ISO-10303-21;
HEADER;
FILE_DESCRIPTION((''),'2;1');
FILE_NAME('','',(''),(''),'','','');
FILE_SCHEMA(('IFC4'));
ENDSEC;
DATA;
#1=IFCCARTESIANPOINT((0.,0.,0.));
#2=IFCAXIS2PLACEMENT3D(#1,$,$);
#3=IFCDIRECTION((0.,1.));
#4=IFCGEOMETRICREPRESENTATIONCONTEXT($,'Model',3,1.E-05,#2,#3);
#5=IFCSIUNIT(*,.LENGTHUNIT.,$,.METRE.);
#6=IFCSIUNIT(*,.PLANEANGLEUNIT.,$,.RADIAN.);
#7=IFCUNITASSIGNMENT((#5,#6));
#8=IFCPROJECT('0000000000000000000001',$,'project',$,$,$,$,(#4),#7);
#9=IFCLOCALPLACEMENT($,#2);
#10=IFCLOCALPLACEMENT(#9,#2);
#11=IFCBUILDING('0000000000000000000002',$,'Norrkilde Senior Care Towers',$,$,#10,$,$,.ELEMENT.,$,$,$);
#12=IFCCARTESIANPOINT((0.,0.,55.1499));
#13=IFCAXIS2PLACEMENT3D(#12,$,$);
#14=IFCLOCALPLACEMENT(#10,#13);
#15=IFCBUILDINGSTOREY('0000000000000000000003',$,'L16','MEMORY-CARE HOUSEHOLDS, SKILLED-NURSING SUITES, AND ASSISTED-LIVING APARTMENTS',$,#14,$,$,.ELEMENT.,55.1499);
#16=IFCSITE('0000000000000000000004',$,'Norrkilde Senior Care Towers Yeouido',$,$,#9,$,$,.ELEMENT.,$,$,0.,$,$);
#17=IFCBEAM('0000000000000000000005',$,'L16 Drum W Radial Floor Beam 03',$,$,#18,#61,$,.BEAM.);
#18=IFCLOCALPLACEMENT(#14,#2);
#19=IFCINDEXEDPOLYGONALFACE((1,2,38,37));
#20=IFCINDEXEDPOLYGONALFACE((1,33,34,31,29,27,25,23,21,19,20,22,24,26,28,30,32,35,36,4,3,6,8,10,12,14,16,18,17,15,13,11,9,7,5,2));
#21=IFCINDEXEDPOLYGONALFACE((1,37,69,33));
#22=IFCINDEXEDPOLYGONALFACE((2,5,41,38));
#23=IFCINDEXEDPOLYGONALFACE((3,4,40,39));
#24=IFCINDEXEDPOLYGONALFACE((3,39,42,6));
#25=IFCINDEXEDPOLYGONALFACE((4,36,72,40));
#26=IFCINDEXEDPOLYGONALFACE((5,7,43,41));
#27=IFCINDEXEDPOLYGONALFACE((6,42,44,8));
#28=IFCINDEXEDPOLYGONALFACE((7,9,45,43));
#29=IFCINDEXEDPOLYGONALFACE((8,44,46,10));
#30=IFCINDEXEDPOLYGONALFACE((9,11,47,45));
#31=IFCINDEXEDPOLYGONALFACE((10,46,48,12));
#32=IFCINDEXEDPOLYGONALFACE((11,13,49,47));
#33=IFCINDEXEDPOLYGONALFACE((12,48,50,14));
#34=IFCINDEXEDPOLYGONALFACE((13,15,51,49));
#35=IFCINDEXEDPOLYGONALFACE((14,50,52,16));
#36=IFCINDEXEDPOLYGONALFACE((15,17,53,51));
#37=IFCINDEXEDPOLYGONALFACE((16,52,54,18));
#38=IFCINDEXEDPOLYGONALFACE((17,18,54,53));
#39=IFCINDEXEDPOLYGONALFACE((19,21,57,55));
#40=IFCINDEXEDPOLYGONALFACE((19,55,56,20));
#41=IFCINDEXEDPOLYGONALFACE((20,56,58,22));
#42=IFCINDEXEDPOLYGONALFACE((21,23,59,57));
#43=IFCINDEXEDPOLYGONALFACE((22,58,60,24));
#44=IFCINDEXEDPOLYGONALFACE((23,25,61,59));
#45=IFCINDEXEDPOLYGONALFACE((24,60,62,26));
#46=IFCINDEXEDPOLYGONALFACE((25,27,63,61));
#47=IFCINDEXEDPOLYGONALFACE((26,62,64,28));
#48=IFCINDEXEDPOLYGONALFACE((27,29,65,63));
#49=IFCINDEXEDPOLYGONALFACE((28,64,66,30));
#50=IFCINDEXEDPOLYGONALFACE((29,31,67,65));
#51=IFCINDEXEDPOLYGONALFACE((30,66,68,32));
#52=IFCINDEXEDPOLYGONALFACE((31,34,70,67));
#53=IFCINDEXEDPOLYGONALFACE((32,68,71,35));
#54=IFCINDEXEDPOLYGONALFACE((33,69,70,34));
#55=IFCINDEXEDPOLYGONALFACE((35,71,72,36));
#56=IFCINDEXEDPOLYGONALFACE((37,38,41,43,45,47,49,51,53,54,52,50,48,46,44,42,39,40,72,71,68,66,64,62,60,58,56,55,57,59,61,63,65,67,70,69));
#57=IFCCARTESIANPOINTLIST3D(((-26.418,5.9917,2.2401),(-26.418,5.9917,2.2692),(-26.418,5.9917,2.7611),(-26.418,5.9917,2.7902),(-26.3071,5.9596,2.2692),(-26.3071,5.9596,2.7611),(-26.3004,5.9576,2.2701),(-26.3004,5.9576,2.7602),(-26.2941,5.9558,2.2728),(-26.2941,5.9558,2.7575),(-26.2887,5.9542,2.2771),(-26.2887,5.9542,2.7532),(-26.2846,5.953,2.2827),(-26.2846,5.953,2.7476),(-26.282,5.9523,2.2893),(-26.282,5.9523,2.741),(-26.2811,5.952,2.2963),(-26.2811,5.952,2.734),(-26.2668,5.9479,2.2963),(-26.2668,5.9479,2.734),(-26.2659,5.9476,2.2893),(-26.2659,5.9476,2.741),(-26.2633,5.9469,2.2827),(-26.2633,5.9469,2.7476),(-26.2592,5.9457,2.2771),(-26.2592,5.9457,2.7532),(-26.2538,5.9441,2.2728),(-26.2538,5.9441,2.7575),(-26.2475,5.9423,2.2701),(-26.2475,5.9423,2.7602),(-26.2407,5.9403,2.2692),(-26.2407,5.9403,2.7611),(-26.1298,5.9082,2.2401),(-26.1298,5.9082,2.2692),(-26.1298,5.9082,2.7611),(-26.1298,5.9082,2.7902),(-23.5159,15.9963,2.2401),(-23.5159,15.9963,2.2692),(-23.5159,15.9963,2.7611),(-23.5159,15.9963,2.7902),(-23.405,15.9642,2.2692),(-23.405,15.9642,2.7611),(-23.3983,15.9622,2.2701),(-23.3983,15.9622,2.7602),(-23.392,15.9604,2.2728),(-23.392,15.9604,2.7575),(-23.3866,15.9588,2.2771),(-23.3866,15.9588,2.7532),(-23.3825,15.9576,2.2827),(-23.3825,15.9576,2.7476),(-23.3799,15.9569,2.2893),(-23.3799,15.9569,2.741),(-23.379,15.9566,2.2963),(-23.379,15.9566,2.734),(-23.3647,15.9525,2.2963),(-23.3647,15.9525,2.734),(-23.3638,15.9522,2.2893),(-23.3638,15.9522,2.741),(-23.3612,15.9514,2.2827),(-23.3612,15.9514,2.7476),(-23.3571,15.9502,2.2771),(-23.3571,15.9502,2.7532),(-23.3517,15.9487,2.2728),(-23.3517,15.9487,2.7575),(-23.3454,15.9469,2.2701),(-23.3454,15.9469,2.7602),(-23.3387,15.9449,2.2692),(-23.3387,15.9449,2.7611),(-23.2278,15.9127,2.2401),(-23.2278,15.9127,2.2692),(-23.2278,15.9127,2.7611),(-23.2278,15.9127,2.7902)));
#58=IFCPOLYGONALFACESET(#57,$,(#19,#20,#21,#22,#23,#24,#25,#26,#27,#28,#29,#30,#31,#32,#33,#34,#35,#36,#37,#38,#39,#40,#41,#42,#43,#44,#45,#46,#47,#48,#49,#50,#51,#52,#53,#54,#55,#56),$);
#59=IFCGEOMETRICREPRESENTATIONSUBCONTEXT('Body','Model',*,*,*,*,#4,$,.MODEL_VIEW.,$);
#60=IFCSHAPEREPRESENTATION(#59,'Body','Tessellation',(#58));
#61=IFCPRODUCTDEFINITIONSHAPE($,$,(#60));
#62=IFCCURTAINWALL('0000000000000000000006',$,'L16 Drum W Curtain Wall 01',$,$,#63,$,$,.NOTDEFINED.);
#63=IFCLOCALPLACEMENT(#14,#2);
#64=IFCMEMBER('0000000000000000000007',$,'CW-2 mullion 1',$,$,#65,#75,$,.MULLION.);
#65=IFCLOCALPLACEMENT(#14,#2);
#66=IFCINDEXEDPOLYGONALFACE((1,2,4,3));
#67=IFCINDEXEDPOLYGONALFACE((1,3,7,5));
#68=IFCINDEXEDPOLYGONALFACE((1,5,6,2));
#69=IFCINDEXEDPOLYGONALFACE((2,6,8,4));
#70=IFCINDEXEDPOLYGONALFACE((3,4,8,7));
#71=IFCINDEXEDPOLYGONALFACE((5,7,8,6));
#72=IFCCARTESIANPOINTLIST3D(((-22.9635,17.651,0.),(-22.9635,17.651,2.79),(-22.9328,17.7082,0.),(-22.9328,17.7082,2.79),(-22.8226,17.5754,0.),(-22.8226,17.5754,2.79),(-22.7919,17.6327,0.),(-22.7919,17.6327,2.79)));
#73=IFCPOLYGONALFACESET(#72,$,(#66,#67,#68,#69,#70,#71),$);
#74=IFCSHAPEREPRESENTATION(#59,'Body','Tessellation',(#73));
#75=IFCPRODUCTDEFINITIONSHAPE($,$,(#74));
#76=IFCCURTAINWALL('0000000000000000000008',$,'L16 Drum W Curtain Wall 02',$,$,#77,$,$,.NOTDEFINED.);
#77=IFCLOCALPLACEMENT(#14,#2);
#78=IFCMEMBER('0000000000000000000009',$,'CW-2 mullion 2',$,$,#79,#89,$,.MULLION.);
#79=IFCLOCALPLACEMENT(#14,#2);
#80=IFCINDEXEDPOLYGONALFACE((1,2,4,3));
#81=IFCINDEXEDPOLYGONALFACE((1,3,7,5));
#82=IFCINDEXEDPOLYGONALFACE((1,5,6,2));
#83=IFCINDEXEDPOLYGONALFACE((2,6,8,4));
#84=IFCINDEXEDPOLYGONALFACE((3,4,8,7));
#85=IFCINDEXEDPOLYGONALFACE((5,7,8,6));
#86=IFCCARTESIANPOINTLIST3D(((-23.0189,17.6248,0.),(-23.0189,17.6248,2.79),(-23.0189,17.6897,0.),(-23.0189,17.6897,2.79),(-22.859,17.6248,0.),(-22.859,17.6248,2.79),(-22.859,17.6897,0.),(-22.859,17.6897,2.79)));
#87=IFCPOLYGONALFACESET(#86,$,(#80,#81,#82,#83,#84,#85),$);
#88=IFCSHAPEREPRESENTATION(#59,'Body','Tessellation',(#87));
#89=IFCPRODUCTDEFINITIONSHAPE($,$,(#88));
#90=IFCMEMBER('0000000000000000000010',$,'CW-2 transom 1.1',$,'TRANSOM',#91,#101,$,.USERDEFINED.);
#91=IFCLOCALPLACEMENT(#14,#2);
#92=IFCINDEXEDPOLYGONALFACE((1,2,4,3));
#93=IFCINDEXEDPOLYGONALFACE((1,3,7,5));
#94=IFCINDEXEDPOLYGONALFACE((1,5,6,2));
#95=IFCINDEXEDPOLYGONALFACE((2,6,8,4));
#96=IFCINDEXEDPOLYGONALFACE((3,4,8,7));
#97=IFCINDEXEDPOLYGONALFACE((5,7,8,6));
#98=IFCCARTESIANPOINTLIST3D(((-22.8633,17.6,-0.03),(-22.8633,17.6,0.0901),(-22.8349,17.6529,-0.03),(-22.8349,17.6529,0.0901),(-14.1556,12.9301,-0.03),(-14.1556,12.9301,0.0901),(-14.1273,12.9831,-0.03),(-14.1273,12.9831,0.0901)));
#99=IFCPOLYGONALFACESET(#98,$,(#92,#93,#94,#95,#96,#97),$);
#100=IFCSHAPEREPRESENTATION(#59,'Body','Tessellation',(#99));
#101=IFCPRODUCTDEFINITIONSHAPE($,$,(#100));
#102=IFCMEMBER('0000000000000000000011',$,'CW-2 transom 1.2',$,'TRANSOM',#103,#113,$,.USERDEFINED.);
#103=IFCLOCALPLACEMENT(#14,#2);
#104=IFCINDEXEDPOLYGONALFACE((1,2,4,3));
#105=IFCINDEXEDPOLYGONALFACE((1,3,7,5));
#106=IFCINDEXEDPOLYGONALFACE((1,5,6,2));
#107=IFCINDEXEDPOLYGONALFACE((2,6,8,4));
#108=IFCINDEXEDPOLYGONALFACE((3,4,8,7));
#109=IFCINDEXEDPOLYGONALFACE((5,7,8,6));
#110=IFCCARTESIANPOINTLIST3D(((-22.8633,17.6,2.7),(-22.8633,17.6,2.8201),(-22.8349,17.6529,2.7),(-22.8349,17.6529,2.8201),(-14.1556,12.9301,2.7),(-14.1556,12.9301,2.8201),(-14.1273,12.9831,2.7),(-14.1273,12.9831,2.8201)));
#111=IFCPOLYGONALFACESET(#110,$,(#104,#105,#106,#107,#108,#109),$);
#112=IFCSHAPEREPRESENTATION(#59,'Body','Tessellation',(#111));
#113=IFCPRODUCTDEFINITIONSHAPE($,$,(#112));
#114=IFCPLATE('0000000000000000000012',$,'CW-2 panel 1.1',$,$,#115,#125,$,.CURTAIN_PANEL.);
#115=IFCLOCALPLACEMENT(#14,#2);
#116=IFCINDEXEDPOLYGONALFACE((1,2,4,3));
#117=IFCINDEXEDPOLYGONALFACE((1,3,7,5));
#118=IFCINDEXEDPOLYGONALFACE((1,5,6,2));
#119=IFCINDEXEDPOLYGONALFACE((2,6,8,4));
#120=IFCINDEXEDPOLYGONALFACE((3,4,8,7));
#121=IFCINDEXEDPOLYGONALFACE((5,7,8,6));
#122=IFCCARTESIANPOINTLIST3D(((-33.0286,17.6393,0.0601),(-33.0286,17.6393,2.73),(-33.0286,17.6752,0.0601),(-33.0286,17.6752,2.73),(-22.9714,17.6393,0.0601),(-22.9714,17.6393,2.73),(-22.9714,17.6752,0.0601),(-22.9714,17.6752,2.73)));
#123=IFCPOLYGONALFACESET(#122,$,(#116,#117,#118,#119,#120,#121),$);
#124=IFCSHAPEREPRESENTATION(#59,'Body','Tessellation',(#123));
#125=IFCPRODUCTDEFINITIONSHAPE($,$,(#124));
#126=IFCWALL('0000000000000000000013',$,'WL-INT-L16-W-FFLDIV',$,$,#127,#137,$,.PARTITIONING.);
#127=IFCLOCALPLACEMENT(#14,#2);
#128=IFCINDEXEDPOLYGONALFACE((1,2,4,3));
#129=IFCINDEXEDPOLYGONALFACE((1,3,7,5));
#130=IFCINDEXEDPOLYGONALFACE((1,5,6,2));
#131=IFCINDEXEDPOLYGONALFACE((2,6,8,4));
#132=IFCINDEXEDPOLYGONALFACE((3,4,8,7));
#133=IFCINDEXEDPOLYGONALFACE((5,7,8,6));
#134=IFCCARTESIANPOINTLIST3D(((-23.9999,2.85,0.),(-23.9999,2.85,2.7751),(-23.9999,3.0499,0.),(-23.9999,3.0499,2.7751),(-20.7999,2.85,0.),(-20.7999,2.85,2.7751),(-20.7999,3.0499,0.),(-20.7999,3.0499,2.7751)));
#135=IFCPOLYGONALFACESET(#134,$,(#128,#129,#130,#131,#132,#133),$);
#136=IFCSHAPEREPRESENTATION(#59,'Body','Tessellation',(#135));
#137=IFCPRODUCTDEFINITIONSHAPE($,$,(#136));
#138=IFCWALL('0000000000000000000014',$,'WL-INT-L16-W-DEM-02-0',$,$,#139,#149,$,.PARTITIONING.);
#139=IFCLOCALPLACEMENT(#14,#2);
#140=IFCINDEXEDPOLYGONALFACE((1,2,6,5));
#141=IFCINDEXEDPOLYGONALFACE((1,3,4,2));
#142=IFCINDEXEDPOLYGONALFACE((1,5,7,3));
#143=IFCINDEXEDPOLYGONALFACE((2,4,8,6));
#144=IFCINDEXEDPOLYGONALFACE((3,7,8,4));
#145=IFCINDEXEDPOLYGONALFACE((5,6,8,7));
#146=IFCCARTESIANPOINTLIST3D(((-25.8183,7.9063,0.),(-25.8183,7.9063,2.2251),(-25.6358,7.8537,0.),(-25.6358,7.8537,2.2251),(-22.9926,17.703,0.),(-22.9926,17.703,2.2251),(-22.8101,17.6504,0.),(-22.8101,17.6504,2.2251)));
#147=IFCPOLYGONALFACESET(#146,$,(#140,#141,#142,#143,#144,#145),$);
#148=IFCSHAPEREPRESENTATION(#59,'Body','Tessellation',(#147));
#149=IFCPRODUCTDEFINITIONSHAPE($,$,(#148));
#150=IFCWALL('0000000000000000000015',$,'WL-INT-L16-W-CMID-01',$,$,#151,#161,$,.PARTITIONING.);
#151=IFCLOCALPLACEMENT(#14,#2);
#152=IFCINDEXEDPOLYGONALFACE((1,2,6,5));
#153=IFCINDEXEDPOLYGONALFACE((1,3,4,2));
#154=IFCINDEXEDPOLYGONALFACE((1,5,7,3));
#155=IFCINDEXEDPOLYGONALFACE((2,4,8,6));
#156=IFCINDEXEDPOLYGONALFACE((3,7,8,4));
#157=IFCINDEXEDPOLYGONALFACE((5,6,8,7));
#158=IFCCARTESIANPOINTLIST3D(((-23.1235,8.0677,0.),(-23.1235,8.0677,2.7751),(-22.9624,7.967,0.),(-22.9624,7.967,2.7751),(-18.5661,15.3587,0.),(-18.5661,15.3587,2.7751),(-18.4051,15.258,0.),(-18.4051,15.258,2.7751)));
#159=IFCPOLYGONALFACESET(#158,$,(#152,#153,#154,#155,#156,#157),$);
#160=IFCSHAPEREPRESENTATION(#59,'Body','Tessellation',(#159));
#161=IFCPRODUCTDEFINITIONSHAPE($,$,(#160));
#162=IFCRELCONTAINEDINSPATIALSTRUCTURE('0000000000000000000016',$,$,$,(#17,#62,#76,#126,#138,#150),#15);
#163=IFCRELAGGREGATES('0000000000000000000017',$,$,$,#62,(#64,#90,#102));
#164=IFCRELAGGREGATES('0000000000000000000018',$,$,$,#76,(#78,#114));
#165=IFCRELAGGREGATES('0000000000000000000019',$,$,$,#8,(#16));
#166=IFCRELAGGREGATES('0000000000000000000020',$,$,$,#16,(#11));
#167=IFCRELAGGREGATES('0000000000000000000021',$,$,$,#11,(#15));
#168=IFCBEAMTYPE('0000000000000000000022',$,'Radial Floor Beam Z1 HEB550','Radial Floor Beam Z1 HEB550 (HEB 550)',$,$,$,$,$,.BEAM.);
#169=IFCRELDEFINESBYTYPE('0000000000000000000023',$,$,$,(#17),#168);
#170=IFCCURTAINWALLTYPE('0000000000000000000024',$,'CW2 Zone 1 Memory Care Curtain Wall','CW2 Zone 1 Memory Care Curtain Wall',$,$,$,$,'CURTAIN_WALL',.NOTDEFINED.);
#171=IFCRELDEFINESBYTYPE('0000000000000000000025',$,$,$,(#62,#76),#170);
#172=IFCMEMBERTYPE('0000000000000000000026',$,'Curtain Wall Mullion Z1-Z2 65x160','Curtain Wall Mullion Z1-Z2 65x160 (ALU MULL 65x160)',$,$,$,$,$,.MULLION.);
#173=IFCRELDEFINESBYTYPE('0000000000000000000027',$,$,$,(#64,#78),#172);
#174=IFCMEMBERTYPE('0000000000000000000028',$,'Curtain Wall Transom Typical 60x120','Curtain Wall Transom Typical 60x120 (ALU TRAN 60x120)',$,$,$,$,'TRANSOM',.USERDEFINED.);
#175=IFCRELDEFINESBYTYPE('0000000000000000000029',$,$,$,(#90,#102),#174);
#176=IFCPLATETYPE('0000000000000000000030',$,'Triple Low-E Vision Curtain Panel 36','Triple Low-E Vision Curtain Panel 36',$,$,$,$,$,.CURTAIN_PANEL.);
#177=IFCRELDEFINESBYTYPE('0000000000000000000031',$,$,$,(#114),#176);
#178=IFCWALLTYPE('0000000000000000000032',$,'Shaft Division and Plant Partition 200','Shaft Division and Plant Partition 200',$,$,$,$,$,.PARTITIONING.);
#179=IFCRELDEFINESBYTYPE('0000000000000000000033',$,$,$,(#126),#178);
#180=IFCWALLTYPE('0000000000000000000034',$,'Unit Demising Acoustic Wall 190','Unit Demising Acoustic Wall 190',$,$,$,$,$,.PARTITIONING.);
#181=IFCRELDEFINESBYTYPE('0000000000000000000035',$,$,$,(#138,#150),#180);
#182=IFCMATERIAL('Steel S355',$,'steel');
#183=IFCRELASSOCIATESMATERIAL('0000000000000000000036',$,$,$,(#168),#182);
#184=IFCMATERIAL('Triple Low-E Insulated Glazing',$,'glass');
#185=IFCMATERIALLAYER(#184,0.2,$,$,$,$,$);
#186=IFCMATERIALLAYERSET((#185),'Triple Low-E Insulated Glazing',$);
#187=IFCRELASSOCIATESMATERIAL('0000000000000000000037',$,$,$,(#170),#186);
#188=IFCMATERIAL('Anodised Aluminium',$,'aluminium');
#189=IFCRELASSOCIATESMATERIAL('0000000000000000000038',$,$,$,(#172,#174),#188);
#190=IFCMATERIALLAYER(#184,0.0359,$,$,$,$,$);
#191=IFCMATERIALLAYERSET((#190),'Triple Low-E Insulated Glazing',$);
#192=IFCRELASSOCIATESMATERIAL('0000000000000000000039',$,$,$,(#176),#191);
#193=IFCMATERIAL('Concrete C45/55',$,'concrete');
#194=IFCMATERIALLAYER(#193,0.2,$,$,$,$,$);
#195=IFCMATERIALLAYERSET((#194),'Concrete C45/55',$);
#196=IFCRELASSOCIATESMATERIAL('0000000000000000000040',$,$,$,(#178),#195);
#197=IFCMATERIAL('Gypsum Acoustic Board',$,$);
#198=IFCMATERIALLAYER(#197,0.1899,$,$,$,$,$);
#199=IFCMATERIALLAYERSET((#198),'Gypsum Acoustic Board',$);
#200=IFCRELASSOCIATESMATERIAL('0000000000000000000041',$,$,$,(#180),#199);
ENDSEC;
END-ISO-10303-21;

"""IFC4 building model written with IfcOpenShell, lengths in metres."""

from ifc_helpers import new_model, si_unit, direction, frame, frame_2d, origin, origin_2d, place, context, subcontext, project, spatial, rectangle, i_section, extrude, source, transform, mapped, material, layer, layer_set, material_profile, profile_set, type_object, type_shapes, element, aggregate, save


model = new_model("IFC4")

# Units and contexts
model_context = context("Model", 3, precision=1e-05, world=origin(), true_north=direction((0.0, 1.0)))
body_context = subcontext(model_context, "Body", "Model", "MODEL_VIEW")
ifc_project = project(units=[si_unit("LENGTHUNIT", "METRE"), si_unit("PLANEANGLEUNIT", "RADIAN")], contexts=[model_context])

# Site, building, storey
site_placement = place(None, origin())
site = spatial("IfcSite", under=ifc_project, at=site_placement, Name="Norrkilde Senior Care Towers Yeouido", CompositionType="ELEMENT", RefElevation=0.0)
building_placement = place(site_placement, origin())
building = spatial("IfcBuilding", under=site, at=building_placement, Name="Norrkilde Senior Care Towers", CompositionType="ELEMENT")
storey_placement = place(building_placement, frame((0.0, 0.0, 55.1499)))
storey = spatial("IfcBuildingStorey", under=building, at=storey_placement, Name="L16", Description="MEMORY-CARE HOUSEHOLDS, SKILLED-NURSING SUITES, AND ASSISTED-LIVING APARTMENTS", CompositionType="ELEMENT", Elevation=55.1499)

# Beam
ifc_material_1 = material(Name="Steel S355", Category="steel")
ifc_material_profile_1 = material_profile(ifc_material_1, i_section(OverallWidth=0.3, OverallDepth=0.55, WebThickness=0.0149, FlangeThickness=0.0291, FilletRadius=0.0271, at=origin_2d()), Name="HEB 550")
ifc_profile_set_1 = profile_set([ifc_material_profile_1], Name="Steel S355")
beam_type_1 = type_object("IfcBeamType", Name="Radial Floor Beam Z1 HEB550", Description="Radial Floor Beam Z1 HEB550 (HEB 550)", PredefinedType="BEAM", material=ifc_profile_set_1)
shared_shape_1 = source(origin(), body_context, "Body", "SweptSolid", [
    extrude(i_section(OverallWidth=0.3, OverallDepth=0.55, WebThickness=0.0149, FlangeThickness=0.0291, FilletRadius=0.0271, at=origin_2d()), origin(), (0.0, 0.0, 1.0), 10.417),
])
beam_1_placement = place(storey_placement, frame((-26.2739, 5.95, 2.5151), z_axis=(0.278591, 0.96041, 0.0), x_axis=(-0.96041, 0.278591, 0.0)))
element("IfcBeam", 1, at=beam_1_placement, inside=storey, type_object=beam_type_1, Name="L16 Drum W Radial Floor Beam 03", PredefinedType="BEAM", context=body_context, shape_type="MappedRepresentation", body=[
    mapped(shared_shape_1, transform((0.0, 0.0, 0.0), x_axis=(1.0, 0.0, 0.0), y_axis=(0.0, 1.0, 0.0), z_axis=(0.0, 0.0, 1.0), scale=1.0)),
])

# Curtain walls, members
ifc_material_2 = material(Name="Triple Low-E Insulated Glazing", Category="glass")
ifc_layer_1 = layer(ifc_material_2, 0.2)
ifc_layer_set_1 = layer_set([ifc_layer_1], Name="Triple Low-E Insulated Glazing")
curtain_wall_type = type_object("IfcCurtainWallType", Name="CW2 Zone 1 Memory Care Curtain Wall", Description="CW2 Zone 1 Memory Care Curtain Wall", ElementType="CURTAIN_WALL", PredefinedType="NOTDEFINED", material=ifc_layer_set_1)
curtain_wall_1_placement = place(storey_placement, origin())
curtain_wall_1 = element("IfcCurtainWall", 2, at=curtain_wall_1_placement, inside=storey, type_object=curtain_wall_type, Name="L16 Drum W Curtain Wall 01", PredefinedType="NOTDEFINED")
ifc_material_3 = material(Name="Anodised Aluminium", Category="aluminium")
ifc_material_profile_2 = material_profile(ifc_material_3, rectangle(XDim=0.0649, YDim=0.1599, at=origin_2d()), Name="ALU MULL 65x160")
ifc_profile_set_2 = profile_set([ifc_material_profile_2], Name="Anodised Aluminium")
member_type_1 = type_object("IfcMemberType", Name="Curtain Wall Mullion Z1-Z2 65x160", Description="Curtain Wall Mullion Z1-Z2 65x160 (ALU MULL 65x160)", PredefinedType="MULLION", material=ifc_profile_set_2)
shared_shape_2 = source(origin(), body_context, "Body", "SweptSolid", [
    extrude(rectangle(XDim=0.0649, YDim=0.1599, at=origin_2d()), origin(), (0.0, 0.0, 1.0), 2.79),
])
type_shapes(member_type_1, [shared_shape_2])
member_1_placement = place(storey_placement, frame((-22.8777, 17.6418, 0.0), z_axis=(0.0, 0.0, 1.0), x_axis=(0.472608, 0.881273, 0.0)))
member_1 = element("IfcMember", 3, at=member_1_placement, type_object=member_type_1, Name="CW-2 mullion 1", PredefinedType="MULLION", context=body_context, shape_type="MappedRepresentation", body=[
    mapped(shared_shape_2, transform((0.0, 0.0, 0.0), x_axis=(1.0, 0.0, 0.0), y_axis=(0.0, 1.0, 0.0), z_axis=(0.0, 0.0, 1.0), scale=1.0)),
])
curtain_wall_2_placement = place(storey_placement, origin())
curtain_wall_2 = element("IfcCurtainWall", 4, at=curtain_wall_2_placement, inside=storey, type_object=curtain_wall_type, Name="L16 Drum W Curtain Wall 02", PredefinedType="NOTDEFINED")
member_2_placement = place(storey_placement, frame((-22.939, 17.6572, 0.0), z_axis=(0.0, 0.0, 1.0), x_axis=(0.0, 1.0, 0.0)))
member_2 = element("IfcMember", 5, at=member_2_placement, type_object=member_type_1, Name="CW-2 mullion 2", PredefinedType="MULLION", context=body_context, shape_type="MappedRepresentation", body=[
    mapped(shared_shape_2, transform((0.0, 0.0, 0.0), x_axis=(1.0, 0.0, 0.0), y_axis=(0.0, 1.0, 0.0), z_axis=(0.0, 0.0, 1.0), scale=1.0)),
])

# Members
ifc_material_profile_3 = material_profile(ifc_material_3, rectangle(XDim=0.0601, YDim=0.1201, at=origin_2d()), Name="ALU TRAN 60x120")
ifc_profile_set_3 = profile_set([ifc_material_profile_3], Name="Anodised Aluminium")
member_type_2 = type_object("IfcMemberType", Name="Curtain Wall Transom Typical 60x120", Description="Curtain Wall Transom Typical 60x120 (ALU TRAN 60x120)", ElementType="TRANSOM", PredefinedType="USERDEFINED", material=ifc_profile_set_3)
shared_shape_3 = source(origin(), body_context, "Body", "SweptSolid", [
    extrude(rectangle(XDim=0.0601, YDim=0.1201, at=origin_2d()), origin(), (0.0, 0.0, 1.0), 9.8809),
])
type_shapes(member_type_2, [shared_shape_3])
member_3_placement = place(storey_placement, frame((-22.8491, 17.6265, 0.03), z_axis=(0.881267, -0.472618, 0.0), x_axis=(0.472618, 0.881267, 0.0)))
member_3 = element("IfcMember", 6, at=member_3_placement, type_object=member_type_2, Name="CW-2 transom 1.1", ObjectType="TRANSOM", PredefinedType="USERDEFINED", context=body_context, shape_type="MappedRepresentation", body=[
    mapped(shared_shape_3, transform((0.0, 0.0, 0.0), x_axis=(1.0, 0.0, 0.0), y_axis=(0.0, 1.0, 0.0), z_axis=(0.0, 0.0, 1.0), scale=1.0)),
])
member_4_placement = place(storey_placement, frame((-22.8491, 17.6265, 2.76), z_axis=(0.881267, -0.472618, 0.0), x_axis=(0.472618, 0.881267, 0.0)))
member_4 = element("IfcMember", 7, at=member_4_placement, type_object=member_type_2, Name="CW-2 transom 1.2", ObjectType="TRANSOM", PredefinedType="USERDEFINED", context=body_context, shape_type="MappedRepresentation", body=[
    mapped(shared_shape_3, transform((0.0, 0.0, 0.0), x_axis=(1.0, 0.0, 0.0), y_axis=(0.0, 1.0, 0.0), z_axis=(0.0, 0.0, 1.0), scale=1.0)),
])
aggregate(curtain_wall_1, [member_1, member_3, member_4])

# Plate
ifc_layer_2 = layer(ifc_material_2, 0.0359)
ifc_layer_set_2 = layer_set([ifc_layer_2], Name="Triple Low-E Insulated Glazing")
plate_type = type_object("IfcPlateType", Name="Triple Low-E Vision Curtain Panel 36", Description="Triple Low-E Vision Curtain Panel 36", PredefinedType="CURTAIN_PANEL", material=ifc_layer_set_2)
shared_shape_4 = source(origin(), body_context, "Body", "SweptSolid", [
    extrude(rectangle(XDim=10.0571, YDim=0.0359, at=origin_2d()), origin(), (0.0, 0.0, 1.0), 2.6699),
])
type_shapes(plate_type, [shared_shape_4])
plate_placement = place(storey_placement, frame((-28.0, 17.6572, 0.0601), z_axis=(0.0, 0.0, 1.0), x_axis=(1.0, 0.0, 0.0)))
plate = element("IfcPlate", 8, at=plate_placement, type_object=plate_type, Name="CW-2 panel 1.1", PredefinedType="CURTAIN_PANEL", context=body_context, shape_type="MappedRepresentation", body=[
    mapped(shared_shape_4, transform((0.0, 0.0, 0.0), x_axis=(1.0, 0.0, 0.0), y_axis=(0.0, 1.0, 0.0), z_axis=(0.0, 0.0, 1.0), scale=1.0)),
])
aggregate(curtain_wall_2, [member_2, plate])

# Shared definitions
ifc_material_4 = material(Name="Concrete C45/55", Category="concrete")

# Walls
ifc_layer_3 = layer(ifc_material_4, 0.2)
ifc_layer_set_3 = layer_set([ifc_layer_3], Name="Concrete C45/55")
wall_type_1 = type_object("IfcWallType", Name="Shaft Division and Plant Partition 200", Description="Shaft Division and Plant Partition 200", PredefinedType="PARTITIONING", material=ifc_layer_set_3)
shared_shape_5 = source(origin(), body_context, "Body", "SweptSolid", [
    extrude(rectangle(XDim=3.2, YDim=0.2, at=frame_2d((1.6001, 0.0))), origin(), (0.0, 0.0, 1.0), 2.7751),
])
type_shapes(wall_type_1, [shared_shape_5])
wall_1_placement = place(storey_placement, frame((-24.0, 2.95, 0.0), z_axis=(0.0, 0.0, 1.0), x_axis=(1.0, 0.0, 0.0)))
element("IfcWall", 9, at=wall_1_placement, inside=storey, type_object=wall_type_1, Name="WL-INT-L16-W-FFLDIV", PredefinedType="PARTITIONING", context=body_context, shape_type="MappedRepresentation", body=[
    mapped(shared_shape_5, transform((0.0, 0.0, 0.0), x_axis=(1.0, 0.0, 0.0), y_axis=(0.0, 1.0, 0.0), z_axis=(0.0, 0.0, 1.0), scale=1.0)),
])
ifc_material_5 = material(Name="Gypsum Acoustic Board")
ifc_layer_4 = layer(ifc_material_5, 0.1899)
ifc_layer_set_4 = layer_set([ifc_layer_4], Name="Gypsum Acoustic Board")
wall_type_2 = type_object("IfcWallType", Name="Unit Demising Acoustic Wall 190", Description="Unit Demising Acoustic Wall 190", PredefinedType="PARTITIONING", material=ifc_layer_set_4)
shared_shape_6 = source(origin(), body_context, "Body", "SweptSolid", [
    extrude(rectangle(XDim=10.196, YDim=0.1899, at=frame_2d((5.0981, 0.0))), origin(), (0.0, 0.0, 1.0), 2.2251),
])
wall_2_placement = place(storey_placement, frame((-25.7271, 7.8799, 0.0), z_axis=(0.0, 0.0, 1.0), x_axis=(0.277136, 0.960831, 0.0)))
element("IfcWall", 10, at=wall_2_placement, inside=storey, type_object=wall_type_2, Name="WL-INT-L16-W-DEM-02-0", PredefinedType="PARTITIONING", context=body_context, shape_type="MappedRepresentation", body=[
    mapped(shared_shape_6, transform((0.0, 0.0, 0.0), x_axis=(1.0, 0.0, 0.0), y_axis=(0.0, 1.0, 0.0), z_axis=(0.0, 0.0, 1.0), scale=1.0)),
])
shared_shape_7 = source(origin(), body_context, "Body", "SweptSolid", [
    extrude(rectangle(XDim=8.5981, YDim=0.1899, at=frame_2d((4.2991, 0.0))), origin(), (0.0, 0.0, 1.0), 2.7751),
])
wall_3_placement = place(storey_placement, frame((-23.043, 8.0173, 0.0), z_axis=(0.0, 0.0, 1.0), x_axis=(0.53004, 0.847973, 0.0)))
element("IfcWall", 11, at=wall_3_placement, inside=storey, type_object=wall_type_2, Name="WL-INT-L16-W-CMID-01", PredefinedType="PARTITIONING", context=body_context, shape_type="MappedRepresentation", body=[
    mapped(shared_shape_7, transform((0.0, 0.0, 0.0), x_axis=(1.0, 0.0, 0.0), y_axis=(0.0, 1.0, 0.0), z_axis=(0.0, 0.0, 1.0), scale=1.0)),
])

save(model, "model.ifc")
